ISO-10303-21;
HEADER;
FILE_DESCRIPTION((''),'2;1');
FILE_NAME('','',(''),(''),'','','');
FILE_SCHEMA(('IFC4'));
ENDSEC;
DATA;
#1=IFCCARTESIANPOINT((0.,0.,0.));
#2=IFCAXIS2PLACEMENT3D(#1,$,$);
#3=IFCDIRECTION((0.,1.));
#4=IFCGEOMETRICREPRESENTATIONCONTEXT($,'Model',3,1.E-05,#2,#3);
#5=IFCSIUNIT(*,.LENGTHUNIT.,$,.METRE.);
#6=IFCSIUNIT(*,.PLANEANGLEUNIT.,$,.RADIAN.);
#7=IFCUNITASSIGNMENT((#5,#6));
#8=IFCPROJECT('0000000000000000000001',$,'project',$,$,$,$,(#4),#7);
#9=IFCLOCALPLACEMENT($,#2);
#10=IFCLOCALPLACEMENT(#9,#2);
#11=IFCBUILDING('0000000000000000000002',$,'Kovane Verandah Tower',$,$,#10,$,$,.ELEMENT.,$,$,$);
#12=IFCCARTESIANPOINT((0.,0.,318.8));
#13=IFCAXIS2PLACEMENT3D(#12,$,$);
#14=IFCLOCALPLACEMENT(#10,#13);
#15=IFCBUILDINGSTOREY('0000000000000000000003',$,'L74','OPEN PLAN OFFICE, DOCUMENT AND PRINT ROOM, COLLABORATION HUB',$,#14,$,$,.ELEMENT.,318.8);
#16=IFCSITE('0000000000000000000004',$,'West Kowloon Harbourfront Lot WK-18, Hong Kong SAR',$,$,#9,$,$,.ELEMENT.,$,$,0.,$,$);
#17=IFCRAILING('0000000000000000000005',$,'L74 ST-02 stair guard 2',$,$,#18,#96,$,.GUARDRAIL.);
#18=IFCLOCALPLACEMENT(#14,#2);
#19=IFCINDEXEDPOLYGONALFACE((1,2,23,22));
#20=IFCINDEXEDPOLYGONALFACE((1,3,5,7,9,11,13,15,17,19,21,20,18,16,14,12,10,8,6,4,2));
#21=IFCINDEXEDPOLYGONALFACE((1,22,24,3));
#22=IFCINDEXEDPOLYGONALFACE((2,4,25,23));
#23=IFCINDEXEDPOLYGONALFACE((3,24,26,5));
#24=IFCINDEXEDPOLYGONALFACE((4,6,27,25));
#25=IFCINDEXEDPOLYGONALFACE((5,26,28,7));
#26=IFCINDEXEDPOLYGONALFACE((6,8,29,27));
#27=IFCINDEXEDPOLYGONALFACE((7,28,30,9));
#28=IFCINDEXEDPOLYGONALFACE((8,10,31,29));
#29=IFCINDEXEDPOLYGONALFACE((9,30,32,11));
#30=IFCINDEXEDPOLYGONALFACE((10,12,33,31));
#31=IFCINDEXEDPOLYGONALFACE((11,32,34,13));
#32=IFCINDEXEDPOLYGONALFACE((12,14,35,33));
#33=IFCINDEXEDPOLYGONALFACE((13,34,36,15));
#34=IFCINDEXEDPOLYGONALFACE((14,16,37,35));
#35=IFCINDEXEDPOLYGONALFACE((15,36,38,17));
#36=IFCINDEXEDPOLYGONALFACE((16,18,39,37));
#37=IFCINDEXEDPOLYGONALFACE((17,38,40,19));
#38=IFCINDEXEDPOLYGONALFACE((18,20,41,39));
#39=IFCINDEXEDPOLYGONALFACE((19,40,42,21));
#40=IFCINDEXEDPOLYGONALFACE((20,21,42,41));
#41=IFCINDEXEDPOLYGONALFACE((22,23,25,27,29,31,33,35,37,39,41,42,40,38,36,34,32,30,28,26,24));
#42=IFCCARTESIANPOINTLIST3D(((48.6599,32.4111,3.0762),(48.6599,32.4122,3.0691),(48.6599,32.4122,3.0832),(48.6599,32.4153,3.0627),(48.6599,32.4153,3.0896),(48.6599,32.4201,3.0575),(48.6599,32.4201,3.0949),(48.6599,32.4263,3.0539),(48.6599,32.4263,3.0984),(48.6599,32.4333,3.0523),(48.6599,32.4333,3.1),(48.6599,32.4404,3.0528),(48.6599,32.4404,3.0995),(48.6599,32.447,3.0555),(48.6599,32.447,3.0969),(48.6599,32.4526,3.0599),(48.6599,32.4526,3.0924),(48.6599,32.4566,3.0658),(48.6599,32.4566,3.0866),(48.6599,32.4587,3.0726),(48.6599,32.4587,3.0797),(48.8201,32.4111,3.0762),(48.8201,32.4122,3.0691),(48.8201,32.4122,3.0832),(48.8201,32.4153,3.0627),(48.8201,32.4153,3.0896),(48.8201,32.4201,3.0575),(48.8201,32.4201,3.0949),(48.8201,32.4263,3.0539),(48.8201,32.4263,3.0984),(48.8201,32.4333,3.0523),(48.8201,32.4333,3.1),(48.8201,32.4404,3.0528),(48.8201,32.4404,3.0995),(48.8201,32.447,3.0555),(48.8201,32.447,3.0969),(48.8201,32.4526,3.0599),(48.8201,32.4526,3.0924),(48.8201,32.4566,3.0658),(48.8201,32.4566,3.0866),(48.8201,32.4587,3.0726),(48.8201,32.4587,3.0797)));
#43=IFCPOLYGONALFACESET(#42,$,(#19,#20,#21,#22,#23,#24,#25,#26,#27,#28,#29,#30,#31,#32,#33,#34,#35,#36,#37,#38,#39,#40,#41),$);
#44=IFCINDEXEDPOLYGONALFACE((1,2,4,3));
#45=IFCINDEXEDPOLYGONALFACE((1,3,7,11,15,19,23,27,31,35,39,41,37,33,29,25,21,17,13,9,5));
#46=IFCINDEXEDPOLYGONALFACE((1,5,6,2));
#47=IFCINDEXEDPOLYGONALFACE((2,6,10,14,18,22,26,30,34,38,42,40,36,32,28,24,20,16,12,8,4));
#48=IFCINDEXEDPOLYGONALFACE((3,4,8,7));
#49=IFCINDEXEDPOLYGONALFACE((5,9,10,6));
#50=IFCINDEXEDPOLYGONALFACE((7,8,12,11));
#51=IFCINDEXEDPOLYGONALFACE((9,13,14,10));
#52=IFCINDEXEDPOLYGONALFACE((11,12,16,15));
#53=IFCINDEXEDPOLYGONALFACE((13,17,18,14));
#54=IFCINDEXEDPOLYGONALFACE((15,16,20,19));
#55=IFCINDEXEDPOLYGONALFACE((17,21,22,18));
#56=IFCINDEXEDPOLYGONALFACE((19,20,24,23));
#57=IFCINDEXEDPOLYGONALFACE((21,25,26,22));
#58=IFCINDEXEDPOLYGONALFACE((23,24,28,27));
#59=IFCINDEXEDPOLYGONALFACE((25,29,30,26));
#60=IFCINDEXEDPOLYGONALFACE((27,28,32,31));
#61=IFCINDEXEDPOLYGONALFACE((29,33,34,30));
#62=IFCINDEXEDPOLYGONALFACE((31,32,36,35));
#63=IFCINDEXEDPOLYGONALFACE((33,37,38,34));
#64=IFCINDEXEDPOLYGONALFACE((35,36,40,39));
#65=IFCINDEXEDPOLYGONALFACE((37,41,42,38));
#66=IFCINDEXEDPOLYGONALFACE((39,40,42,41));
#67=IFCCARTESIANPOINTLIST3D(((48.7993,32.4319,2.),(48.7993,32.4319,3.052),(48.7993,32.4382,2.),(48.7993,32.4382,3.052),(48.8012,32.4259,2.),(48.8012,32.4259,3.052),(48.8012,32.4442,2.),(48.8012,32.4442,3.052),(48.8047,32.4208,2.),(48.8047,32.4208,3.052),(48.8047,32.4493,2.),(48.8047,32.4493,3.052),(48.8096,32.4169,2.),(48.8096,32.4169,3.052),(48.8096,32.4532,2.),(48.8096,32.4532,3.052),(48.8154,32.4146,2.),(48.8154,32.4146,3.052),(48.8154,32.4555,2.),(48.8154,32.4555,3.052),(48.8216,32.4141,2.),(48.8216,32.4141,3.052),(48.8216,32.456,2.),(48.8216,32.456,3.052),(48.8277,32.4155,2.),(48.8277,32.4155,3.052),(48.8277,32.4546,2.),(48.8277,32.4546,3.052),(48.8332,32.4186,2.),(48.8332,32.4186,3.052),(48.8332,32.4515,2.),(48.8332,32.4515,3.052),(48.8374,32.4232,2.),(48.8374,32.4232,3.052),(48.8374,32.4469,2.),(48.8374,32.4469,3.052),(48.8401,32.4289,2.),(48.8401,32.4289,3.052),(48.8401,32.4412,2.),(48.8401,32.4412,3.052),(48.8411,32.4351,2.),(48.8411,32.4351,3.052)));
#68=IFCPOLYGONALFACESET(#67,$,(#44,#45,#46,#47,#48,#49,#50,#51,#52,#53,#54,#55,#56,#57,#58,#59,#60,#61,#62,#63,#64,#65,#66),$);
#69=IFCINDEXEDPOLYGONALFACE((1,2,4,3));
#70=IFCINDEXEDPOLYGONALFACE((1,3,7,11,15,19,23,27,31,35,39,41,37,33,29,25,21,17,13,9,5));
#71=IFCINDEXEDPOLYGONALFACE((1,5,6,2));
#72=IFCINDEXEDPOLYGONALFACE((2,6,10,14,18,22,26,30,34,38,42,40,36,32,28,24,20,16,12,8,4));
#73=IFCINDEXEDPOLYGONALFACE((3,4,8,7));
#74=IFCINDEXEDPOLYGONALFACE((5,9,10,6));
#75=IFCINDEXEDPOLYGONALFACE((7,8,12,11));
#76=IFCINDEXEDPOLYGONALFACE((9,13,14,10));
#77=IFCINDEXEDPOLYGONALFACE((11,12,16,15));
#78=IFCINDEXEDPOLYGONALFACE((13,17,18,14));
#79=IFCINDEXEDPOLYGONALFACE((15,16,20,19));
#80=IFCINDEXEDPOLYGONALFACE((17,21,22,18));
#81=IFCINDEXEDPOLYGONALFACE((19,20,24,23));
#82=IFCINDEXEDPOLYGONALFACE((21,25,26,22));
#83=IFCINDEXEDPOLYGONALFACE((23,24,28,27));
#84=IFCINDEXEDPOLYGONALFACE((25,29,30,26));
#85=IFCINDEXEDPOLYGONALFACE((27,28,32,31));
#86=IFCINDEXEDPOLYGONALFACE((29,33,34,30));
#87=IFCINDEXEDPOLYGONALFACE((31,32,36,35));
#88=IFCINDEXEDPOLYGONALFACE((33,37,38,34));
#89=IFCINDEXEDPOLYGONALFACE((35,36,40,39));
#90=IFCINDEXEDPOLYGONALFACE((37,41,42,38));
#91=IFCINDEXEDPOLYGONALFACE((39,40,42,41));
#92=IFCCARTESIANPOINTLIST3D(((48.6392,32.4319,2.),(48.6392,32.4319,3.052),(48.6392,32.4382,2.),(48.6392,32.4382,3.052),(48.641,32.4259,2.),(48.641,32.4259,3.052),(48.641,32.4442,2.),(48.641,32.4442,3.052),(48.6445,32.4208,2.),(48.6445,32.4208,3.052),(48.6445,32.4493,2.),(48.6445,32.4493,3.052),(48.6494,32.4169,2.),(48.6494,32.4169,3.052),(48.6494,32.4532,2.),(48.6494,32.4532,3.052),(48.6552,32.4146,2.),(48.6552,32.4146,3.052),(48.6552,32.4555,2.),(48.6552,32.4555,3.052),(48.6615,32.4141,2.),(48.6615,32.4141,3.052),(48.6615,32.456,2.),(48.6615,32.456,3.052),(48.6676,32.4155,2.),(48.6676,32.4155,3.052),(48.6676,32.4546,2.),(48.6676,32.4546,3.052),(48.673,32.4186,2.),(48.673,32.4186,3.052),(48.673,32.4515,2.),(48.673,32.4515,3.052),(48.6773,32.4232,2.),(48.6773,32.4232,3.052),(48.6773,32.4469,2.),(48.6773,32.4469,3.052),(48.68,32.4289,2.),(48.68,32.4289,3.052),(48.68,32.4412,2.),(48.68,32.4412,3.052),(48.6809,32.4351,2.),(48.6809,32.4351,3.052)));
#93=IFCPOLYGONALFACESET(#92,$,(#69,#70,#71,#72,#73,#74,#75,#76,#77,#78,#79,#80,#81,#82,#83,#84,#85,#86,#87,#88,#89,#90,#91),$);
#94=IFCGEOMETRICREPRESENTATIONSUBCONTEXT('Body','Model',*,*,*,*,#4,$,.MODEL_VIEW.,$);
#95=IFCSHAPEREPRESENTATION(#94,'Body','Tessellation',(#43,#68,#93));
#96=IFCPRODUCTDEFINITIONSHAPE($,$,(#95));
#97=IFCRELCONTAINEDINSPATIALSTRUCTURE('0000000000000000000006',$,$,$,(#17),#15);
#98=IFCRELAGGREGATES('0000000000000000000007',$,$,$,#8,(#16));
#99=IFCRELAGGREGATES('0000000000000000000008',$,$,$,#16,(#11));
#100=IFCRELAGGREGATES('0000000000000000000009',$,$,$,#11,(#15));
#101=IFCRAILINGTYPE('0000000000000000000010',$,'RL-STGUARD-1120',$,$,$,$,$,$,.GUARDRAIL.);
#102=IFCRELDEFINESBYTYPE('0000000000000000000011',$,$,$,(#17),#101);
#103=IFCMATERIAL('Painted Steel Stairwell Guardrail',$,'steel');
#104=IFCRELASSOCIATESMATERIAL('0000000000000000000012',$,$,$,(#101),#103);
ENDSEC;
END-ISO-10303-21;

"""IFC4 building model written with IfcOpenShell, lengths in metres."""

from ifc_helpers import new_model, si_unit, direction, frame, origin, origin_2d, place, context, subcontext, project, spatial, circle, extrude, material, type_object, element, save


model = new_model("IFC4")

# Units and contexts
model_context = context("Model", 3, precision=1e-05, world=origin(), true_north=direction((0.0, 1.0)))
body_context = subcontext(model_context, "Body", "Model", "MODEL_VIEW")
ifc_project = project(units=[si_unit("LENGTHUNIT", "METRE"), si_unit("PLANEANGLEUNIT", "RADIAN")], contexts=[model_context])

# Site, building, storey
site_placement = place(None, origin())
site = spatial("IfcSite", under=ifc_project, at=site_placement, Name="West Kowloon Harbourfront Lot WK-18, Hong Kong SAR", CompositionType="ELEMENT", RefElevation=0.0)
building_placement = place(site_placement, origin())
building = spatial("IfcBuilding", under=site, at=building_placement, Name="Kovane Verandah Tower", CompositionType="ELEMENT")
storey_placement = place(building_placement, frame((0.0, 0.0, 318.8)))
storey = spatial("IfcBuildingStorey", under=building, at=storey_placement, Name="L74", Description="OPEN PLAN OFFICE, DOCUMENT AND PRINT ROOM, COLLABORATION HUB", CompositionType="ELEMENT", Elevation=318.8)

# Railing
ifc_material_1 = material(Name="Painted Steel Stairwell Guardrail", Category="steel")
railing_type_1 = type_object("IfcRailingType", Name="RL-STGUARD-1120", PredefinedType="GUARDRAIL", material=ifc_material_1)
railing_1_placement = place(storey_placement, frame((48.8201, 32.4351, 2.0)))
element("IfcRailing", 1, at=railing_1_placement, inside=storey, type_object=railing_type_1, Name="L74 ST-02 stair guard 2", PredefinedType="GUARDRAIL", context=body_context, shape_type="SweptSolid", body=[
    extrude(circle(Radius=0.0239, at=origin_2d()), frame((0.0, 0.0, 1.0762), z_axis=(-1.0, 0.0, 0.0), x_axis=(0.0, -1.0, 0.0)), (0.0, 0.0, 1.0), 0.1602),
    extrude(circle(Radius=0.021, at=origin_2d()), origin(), (0.0, 0.0, 1.0), 1.052),
    extrude(circle(Radius=0.021, at=origin_2d()), frame((-0.1602, 0.0, 0.0)), (0.0, 0.0, 1.0), 1.052),
])

save(model, "model.ifc")
